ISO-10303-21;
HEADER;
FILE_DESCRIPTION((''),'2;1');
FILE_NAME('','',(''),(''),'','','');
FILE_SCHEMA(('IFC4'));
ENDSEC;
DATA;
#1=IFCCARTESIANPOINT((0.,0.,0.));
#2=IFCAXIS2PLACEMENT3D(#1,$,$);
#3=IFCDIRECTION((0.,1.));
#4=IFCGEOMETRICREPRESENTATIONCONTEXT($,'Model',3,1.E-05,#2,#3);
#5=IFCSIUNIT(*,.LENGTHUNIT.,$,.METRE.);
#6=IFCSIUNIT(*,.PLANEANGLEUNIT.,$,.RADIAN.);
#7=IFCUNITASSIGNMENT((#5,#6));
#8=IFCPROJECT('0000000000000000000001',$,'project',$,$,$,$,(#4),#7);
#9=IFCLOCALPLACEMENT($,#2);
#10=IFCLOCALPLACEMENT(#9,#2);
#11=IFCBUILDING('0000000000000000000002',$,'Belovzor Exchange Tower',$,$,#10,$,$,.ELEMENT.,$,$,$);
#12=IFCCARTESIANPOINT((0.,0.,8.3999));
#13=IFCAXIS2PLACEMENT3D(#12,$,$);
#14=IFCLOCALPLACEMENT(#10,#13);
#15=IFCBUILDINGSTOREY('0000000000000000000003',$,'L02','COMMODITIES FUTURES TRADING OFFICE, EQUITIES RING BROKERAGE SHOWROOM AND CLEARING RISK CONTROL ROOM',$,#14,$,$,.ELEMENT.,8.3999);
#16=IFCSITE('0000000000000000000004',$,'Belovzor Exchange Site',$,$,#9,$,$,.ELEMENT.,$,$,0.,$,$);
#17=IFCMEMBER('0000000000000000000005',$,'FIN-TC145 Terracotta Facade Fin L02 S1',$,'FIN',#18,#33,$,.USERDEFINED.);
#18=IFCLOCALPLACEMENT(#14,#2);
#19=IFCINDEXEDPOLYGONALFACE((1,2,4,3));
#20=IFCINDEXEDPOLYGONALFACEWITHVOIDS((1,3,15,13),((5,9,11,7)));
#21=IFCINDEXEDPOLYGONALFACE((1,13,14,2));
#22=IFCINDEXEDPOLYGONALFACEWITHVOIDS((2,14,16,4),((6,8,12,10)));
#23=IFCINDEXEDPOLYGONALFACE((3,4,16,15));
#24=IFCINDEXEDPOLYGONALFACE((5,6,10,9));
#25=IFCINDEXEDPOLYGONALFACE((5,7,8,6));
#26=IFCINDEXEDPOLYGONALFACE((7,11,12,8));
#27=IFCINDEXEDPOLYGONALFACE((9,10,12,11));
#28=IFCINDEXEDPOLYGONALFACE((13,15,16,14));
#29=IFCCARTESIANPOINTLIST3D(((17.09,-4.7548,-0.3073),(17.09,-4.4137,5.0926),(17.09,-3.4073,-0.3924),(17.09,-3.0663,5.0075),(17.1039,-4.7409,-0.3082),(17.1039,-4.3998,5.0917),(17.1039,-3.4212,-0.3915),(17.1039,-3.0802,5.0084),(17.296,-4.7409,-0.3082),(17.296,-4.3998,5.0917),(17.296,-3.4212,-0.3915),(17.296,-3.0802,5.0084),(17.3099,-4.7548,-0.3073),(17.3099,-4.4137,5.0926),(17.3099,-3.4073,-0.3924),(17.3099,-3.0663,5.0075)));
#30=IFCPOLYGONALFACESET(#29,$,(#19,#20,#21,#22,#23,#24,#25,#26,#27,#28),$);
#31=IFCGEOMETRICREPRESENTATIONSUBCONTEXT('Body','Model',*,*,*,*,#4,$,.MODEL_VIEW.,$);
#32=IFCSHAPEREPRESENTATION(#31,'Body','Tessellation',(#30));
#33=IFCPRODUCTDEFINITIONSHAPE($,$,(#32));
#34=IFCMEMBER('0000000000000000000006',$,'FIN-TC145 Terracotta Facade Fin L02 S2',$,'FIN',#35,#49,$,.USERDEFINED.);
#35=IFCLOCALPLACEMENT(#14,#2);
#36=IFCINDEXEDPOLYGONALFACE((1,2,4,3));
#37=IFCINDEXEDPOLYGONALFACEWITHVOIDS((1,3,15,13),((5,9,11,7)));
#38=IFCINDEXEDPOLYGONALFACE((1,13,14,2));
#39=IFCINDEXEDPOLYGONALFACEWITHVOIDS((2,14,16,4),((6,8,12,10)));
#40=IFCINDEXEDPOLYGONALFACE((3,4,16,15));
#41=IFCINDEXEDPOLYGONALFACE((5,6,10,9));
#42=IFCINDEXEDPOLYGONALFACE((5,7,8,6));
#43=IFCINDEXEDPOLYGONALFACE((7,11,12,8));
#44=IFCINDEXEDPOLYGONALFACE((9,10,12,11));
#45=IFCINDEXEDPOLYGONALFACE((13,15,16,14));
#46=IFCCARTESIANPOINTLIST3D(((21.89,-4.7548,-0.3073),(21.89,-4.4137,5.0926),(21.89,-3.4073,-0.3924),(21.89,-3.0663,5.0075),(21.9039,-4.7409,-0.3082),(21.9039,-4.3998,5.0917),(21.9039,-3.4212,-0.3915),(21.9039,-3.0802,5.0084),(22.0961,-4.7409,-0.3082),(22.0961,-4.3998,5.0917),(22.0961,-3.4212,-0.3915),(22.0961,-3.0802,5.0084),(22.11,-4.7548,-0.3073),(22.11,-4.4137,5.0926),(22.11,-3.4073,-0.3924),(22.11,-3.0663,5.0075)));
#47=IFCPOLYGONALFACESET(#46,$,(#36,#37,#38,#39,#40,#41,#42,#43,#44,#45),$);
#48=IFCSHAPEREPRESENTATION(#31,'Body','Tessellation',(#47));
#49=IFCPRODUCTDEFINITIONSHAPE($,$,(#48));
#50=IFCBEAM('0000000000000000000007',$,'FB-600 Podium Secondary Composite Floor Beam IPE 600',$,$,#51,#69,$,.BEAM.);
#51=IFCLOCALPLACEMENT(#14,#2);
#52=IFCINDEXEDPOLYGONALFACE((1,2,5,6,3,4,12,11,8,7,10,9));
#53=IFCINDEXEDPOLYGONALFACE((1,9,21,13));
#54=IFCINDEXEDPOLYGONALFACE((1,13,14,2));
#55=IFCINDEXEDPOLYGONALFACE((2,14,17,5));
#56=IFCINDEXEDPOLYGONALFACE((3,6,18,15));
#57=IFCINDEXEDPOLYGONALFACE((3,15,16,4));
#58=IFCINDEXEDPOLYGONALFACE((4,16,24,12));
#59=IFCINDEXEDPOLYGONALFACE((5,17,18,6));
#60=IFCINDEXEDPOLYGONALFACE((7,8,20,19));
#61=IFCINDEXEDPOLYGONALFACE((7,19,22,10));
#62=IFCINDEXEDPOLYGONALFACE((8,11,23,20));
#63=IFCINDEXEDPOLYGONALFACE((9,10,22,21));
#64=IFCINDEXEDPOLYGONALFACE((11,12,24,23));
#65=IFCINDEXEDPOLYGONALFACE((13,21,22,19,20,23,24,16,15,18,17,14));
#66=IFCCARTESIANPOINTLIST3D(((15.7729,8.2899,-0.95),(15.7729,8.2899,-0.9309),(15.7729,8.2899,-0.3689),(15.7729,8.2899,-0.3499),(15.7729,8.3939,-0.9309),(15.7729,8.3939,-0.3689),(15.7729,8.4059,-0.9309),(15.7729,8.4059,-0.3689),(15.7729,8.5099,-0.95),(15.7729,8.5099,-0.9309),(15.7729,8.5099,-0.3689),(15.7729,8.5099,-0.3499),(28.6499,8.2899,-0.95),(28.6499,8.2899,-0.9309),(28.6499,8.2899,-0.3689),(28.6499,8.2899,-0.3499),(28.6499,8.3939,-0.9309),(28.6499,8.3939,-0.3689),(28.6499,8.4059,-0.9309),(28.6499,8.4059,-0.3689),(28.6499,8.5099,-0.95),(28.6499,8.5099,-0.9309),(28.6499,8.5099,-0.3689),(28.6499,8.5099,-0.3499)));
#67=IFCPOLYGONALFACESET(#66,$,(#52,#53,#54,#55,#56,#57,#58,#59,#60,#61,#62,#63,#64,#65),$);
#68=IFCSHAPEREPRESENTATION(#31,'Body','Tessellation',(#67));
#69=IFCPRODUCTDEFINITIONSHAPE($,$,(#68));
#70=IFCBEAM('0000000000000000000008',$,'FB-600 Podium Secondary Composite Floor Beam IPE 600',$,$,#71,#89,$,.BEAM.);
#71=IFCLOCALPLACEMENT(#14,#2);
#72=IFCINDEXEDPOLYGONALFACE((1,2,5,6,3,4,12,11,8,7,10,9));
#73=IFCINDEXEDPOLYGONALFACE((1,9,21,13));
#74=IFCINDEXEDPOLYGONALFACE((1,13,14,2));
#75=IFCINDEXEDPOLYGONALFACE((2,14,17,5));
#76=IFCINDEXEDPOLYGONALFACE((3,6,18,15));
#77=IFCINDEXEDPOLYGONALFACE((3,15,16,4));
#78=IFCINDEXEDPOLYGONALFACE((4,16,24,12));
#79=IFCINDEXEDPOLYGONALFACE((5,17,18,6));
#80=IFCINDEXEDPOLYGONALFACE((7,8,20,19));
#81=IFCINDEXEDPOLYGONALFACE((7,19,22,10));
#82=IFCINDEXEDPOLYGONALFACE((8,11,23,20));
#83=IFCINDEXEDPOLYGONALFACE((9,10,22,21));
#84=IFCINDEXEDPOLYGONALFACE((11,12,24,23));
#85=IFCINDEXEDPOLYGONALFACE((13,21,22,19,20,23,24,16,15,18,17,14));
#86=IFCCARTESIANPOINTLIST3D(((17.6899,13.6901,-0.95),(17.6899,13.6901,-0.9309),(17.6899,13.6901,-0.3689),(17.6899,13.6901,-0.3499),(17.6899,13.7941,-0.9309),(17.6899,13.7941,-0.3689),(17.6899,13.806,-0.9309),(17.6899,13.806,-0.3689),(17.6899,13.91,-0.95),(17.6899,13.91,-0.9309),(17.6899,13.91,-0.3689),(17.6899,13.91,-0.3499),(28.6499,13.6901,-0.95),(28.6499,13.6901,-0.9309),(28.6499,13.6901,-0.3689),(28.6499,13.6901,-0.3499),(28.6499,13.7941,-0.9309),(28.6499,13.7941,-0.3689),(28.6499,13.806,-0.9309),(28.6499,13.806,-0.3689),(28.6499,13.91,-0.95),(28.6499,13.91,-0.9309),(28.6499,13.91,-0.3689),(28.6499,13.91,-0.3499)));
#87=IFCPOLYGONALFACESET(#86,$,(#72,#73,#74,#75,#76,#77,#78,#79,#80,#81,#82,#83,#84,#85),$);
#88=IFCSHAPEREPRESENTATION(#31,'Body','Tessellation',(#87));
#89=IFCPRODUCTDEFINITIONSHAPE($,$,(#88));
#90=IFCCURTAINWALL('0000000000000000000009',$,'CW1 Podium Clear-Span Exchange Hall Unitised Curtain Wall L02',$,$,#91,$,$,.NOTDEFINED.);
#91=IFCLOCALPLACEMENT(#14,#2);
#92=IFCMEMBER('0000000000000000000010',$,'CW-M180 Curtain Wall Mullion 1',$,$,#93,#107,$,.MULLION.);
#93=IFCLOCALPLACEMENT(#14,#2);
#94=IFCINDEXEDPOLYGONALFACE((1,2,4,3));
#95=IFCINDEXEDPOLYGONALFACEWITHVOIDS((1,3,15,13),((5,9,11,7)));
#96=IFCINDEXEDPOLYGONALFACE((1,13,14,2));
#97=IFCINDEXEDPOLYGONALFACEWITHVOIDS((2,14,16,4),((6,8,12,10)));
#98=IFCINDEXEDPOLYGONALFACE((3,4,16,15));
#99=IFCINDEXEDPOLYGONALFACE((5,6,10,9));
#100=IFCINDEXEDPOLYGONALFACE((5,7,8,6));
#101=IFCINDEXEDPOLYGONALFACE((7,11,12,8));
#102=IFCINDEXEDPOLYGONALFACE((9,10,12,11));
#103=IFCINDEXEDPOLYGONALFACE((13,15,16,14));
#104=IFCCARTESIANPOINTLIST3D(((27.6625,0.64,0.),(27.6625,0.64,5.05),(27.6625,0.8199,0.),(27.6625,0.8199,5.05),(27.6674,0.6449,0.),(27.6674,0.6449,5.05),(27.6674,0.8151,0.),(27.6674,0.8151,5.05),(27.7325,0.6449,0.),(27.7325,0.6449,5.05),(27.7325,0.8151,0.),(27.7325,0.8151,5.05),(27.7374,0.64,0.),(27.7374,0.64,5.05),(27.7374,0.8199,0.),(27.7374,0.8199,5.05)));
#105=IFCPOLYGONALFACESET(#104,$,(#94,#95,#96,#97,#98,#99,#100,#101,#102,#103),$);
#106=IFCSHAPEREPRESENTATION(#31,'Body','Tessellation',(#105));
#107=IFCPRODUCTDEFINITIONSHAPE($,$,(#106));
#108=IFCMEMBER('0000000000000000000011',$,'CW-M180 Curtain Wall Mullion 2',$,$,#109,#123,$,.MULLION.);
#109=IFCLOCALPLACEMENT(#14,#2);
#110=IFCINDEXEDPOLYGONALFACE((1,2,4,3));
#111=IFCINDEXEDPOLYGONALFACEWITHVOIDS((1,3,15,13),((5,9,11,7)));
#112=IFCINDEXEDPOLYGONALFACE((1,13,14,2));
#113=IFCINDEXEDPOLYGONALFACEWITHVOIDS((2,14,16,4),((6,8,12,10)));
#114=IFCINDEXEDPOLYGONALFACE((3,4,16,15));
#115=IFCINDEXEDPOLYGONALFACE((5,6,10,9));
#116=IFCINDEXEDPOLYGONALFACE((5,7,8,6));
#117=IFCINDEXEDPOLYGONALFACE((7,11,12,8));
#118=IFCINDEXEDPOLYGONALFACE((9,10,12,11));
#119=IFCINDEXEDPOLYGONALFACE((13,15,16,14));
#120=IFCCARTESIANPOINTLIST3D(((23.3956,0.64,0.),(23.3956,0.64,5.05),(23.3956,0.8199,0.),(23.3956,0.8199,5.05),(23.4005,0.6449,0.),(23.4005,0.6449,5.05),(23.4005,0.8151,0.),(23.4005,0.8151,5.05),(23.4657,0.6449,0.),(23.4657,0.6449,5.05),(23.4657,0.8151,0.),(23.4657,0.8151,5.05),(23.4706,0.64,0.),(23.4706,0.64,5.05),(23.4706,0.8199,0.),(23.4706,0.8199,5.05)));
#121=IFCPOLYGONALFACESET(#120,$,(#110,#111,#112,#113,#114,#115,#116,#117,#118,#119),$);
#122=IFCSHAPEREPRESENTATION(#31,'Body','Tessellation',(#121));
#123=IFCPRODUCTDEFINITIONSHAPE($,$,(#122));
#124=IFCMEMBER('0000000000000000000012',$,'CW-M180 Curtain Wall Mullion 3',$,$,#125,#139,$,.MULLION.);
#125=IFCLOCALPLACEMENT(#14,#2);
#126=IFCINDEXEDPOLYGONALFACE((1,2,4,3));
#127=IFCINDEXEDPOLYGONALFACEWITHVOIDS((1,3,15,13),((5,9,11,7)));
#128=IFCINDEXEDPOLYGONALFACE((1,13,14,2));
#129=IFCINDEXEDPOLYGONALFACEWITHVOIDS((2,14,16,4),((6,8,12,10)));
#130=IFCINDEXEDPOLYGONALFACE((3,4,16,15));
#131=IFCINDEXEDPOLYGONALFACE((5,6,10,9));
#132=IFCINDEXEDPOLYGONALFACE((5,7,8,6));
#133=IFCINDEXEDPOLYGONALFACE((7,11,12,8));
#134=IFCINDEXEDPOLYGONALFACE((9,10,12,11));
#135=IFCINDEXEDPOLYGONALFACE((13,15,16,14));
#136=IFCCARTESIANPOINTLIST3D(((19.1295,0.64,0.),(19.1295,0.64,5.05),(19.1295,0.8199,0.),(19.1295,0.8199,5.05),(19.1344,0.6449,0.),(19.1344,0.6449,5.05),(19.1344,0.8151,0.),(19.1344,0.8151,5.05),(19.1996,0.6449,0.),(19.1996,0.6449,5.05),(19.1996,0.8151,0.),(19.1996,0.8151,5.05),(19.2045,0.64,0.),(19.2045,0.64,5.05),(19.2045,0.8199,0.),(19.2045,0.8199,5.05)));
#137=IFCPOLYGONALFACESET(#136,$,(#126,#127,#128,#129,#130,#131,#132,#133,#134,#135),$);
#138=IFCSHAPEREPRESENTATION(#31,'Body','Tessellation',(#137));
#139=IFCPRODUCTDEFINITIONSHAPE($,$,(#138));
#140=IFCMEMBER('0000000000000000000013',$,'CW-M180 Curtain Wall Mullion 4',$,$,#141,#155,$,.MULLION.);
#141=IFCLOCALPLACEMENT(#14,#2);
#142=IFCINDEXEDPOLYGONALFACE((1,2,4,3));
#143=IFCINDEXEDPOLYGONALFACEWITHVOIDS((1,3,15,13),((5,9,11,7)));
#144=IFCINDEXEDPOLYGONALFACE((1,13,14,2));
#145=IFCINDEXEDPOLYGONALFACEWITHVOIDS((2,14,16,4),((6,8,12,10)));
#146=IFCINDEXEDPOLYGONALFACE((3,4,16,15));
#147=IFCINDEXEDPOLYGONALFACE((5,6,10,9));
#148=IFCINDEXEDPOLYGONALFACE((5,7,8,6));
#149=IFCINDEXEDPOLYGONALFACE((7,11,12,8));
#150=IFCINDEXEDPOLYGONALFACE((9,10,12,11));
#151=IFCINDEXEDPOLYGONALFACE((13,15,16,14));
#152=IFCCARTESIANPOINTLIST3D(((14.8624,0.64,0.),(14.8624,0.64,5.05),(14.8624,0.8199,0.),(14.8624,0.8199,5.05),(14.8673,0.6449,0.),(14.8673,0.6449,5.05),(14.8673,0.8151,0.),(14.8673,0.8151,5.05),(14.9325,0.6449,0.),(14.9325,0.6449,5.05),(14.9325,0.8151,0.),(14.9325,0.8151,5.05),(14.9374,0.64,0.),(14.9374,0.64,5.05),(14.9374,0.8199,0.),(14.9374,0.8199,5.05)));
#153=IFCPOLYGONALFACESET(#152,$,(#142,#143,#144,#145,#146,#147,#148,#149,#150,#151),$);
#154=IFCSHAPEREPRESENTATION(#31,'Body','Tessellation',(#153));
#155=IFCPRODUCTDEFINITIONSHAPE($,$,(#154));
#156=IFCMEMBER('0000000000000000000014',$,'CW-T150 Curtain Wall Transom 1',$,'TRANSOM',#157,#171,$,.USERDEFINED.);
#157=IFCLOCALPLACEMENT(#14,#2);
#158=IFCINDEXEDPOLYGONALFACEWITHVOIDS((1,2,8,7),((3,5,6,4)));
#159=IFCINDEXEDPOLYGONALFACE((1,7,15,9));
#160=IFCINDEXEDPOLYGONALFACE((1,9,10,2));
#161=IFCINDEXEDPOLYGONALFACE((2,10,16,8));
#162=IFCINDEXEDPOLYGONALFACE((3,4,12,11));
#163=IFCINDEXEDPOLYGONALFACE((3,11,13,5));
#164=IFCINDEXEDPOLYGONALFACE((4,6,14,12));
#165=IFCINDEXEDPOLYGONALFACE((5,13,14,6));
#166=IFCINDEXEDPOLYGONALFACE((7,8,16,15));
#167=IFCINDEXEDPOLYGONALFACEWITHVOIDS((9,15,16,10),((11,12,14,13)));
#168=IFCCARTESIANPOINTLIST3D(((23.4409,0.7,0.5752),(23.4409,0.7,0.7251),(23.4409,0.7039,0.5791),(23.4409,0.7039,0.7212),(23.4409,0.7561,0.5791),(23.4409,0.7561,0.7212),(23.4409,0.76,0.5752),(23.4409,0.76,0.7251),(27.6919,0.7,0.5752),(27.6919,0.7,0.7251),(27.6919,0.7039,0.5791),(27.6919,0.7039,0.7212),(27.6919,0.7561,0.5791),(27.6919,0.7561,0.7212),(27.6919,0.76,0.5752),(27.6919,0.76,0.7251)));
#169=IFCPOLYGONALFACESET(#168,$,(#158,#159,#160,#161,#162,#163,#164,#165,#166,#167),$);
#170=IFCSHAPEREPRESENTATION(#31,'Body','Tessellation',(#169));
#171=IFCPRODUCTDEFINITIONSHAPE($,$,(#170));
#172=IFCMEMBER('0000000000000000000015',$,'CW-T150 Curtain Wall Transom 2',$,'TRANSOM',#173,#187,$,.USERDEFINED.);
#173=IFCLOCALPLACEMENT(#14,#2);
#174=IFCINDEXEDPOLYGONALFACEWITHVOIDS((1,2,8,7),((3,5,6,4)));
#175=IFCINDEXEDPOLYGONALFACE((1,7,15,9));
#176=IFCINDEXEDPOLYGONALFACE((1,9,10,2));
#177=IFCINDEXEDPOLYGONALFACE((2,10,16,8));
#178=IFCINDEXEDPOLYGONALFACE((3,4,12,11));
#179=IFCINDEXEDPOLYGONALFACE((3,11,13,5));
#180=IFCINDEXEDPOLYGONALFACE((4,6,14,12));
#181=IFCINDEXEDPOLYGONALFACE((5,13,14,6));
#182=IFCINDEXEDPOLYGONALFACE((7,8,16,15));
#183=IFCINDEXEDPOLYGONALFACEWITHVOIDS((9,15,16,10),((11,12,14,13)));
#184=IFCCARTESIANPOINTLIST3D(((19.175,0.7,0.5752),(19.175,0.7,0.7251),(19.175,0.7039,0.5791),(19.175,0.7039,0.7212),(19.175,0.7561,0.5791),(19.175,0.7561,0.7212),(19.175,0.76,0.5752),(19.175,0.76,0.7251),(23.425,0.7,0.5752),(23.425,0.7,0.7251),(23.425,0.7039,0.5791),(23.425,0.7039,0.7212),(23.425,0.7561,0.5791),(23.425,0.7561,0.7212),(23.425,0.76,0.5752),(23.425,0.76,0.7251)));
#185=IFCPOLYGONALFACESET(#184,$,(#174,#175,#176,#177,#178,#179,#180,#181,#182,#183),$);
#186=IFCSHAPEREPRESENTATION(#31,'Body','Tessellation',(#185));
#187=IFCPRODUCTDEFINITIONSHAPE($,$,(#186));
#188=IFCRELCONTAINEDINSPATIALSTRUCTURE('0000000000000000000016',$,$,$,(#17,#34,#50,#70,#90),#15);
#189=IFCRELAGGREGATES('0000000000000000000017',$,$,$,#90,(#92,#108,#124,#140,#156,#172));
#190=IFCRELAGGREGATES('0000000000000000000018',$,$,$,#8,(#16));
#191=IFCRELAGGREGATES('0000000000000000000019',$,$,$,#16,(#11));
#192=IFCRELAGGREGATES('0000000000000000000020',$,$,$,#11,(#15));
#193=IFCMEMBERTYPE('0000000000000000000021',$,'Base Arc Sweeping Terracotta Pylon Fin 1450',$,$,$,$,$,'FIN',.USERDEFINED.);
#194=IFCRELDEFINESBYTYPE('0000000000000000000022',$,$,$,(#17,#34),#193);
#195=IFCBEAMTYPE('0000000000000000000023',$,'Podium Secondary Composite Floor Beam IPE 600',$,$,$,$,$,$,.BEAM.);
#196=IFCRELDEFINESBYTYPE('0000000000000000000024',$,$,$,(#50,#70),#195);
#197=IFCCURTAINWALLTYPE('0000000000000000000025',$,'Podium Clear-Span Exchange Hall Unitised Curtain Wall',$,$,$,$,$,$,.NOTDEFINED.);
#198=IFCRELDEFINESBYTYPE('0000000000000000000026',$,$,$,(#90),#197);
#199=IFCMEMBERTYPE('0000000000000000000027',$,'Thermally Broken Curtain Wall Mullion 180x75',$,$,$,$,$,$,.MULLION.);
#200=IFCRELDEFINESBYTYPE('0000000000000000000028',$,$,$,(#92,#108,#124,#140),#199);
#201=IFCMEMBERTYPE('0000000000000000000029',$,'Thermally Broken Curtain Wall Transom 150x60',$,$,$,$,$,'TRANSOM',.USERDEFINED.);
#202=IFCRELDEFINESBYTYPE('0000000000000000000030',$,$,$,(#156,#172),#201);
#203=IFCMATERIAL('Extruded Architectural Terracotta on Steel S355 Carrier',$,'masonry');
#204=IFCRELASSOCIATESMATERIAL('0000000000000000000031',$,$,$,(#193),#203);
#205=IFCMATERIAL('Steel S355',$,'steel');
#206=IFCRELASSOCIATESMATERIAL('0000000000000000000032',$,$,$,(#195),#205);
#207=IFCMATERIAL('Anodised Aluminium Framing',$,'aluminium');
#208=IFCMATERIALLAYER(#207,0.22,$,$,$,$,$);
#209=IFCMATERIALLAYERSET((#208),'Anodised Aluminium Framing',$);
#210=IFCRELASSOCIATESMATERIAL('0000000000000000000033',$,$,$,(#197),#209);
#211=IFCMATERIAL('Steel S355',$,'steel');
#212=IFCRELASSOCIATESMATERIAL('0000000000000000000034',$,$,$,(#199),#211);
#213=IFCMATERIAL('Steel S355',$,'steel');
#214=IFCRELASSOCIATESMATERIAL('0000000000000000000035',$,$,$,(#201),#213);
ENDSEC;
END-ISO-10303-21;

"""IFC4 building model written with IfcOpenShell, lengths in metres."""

from ifc_helpers import new_model, si_unit, direction, frame, origin, origin_2d, place, context, subcontext, project, spatial, hollow_rectangle, i_section, extrude, material, layer, layer_set, material_profile, profile_set, type_object, element, aggregate, save


model = new_model("IFC4")

# Units and contexts
model_context = context("Model", 3, precision=1e-05, world=origin(), true_north=direction((0.0, 1.0)))
body_context = subcontext(model_context, "Body", "Model", "MODEL_VIEW")
ifc_project = project(units=[si_unit("LENGTHUNIT", "METRE"), si_unit("PLANEANGLEUNIT", "RADIAN")], contexts=[model_context])

# Site, building, storey
site_placement = place(None, origin())
site = spatial("IfcSite", under=ifc_project, at=site_placement, Name="Belovzor Exchange Site", CompositionType="ELEMENT", RefElevation=0.0)
building_placement = place(site_placement, origin())
building = spatial("IfcBuilding", under=site, at=building_placement, Name="Belovzor Exchange Tower", CompositionType="ELEMENT")
storey_placement = place(building_placement, frame((0.0, 0.0, 8.3999)))
storey = spatial("IfcBuildingStorey", under=building, at=storey_placement, Name="L02", Description="COMMODITIES FUTURES TRADING OFFICE, EQUITIES RING BROKERAGE SHOWROOM AND CLEARING RISK CONTROL ROOM", CompositionType="ELEMENT", Elevation=8.3999)

# Members
ifc_material_1 = material(Name="Extruded Architectural Terracotta on Steel S355 Carrier", Category="masonry")
ifc_material_profile_1 = material_profile(ifc_material_1, hollow_rectangle(XDim=0.22, YDim=1.3501, WallThickness=0.0139, at=origin_2d()))
ifc_profile_set_1 = profile_set([ifc_material_profile_1], Name="Extruded Architectural Terracotta on Steel S355 Carrier")
member_type_1 = type_object("IfcMemberType", Name="Base Arc Sweeping Terracotta Pylon Fin 1450", ElementType="FIN", PredefinedType="USERDEFINED", material=ifc_profile_set_1)
for number, where, z_axis, x_axis, name in (
    (1, (17.2, -4.0811, -0.3499), (0.0, 0.063036, 0.998011), (-1.0, 0.0, 0.0), "FIN-TC145 Terracotta Facade Fin L02 S1"),
    (2, (22.0, -4.0811, -0.3499), (0.0, 0.063036, 0.998011), (-1.0, 0.0, 0.0), "FIN-TC145 Terracotta Facade Fin L02 S2"),
):
    element("IfcMember", number, at=place(storey_placement, frame(where, z_axis=z_axis, x_axis=x_axis)), inside=storey, type_object=member_type_1, Name=name, ObjectType="FIN", PredefinedType="USERDEFINED", context=body_context, shape_type="SweptSolid", body=[
        extrude(hollow_rectangle(XDim=0.22, YDim=1.3501, WallThickness=0.0139, at=origin_2d()), origin(), (0.0, 0.0, 1.0), 5.4106),
    ])

# Beams
ifc_material_2 = material(Name="Steel S355", Category="steel")
ifc_material_profile_2 = material_profile(ifc_material_2, i_section(OverallWidth=0.22, OverallDepth=0.6001, WebThickness=0.012, FlangeThickness=0.019, at=origin_2d()))
ifc_profile_set_2 = profile_set([ifc_material_profile_2], Name="Steel S355")
beam_type = type_object("IfcBeamType", Name="Podium Secondary Composite Floor Beam IPE 600", PredefinedType="BEAM", material=ifc_profile_set_2)
beam_1_placement = place(storey_placement, frame((15.7729, 8.3999, -0.6499), z_axis=(1.0, 0.0, 0.0), x_axis=(0.0, 1.0, 0.0)))
element("IfcBeam", 3, at=beam_1_placement, inside=storey, type_object=beam_type, Name="FB-600 Podium Secondary Composite Floor Beam IPE 600", PredefinedType="BEAM", context=body_context, shape_type="SweptSolid", body=[
    extrude(i_section(OverallWidth=0.22, OverallDepth=0.6001, WebThickness=0.012, FlangeThickness=0.019, at=origin_2d()), origin(), (0.0, 0.0, 1.0), 12.877),
])
beam_2_placement = place(storey_placement, frame((17.6899, 13.8, -0.6499), z_axis=(1.0, 0.0, 0.0), x_axis=(0.0, 1.0, 0.0)))
element("IfcBeam", 4, at=beam_2_placement, inside=storey, type_object=beam_type, Name="FB-600 Podium Secondary Composite Floor Beam IPE 600", PredefinedType="BEAM", context=body_context, shape_type="SweptSolid", body=[
    extrude(i_section(OverallWidth=0.22, OverallDepth=0.6001, WebThickness=0.012, FlangeThickness=0.019, at=origin_2d()), origin(), (0.0, 0.0, 1.0), 10.96),
])

# Curtain wall, members
ifc_material_3 = material(Name="Anodised Aluminium Framing", Category="aluminium")
ifc_layer_1 = layer(ifc_material_3, 0.22)
ifc_layer_set_1 = layer_set([ifc_layer_1], Name="Anodised Aluminium Framing")
curtain_wall_type = type_object("IfcCurtainWallType", Name="Podium Clear-Span Exchange Hall Unitised Curtain Wall", PredefinedType="NOTDEFINED", material=ifc_layer_set_1)
curtain_wall_placement = place(storey_placement, origin())
curtain_wall = element("IfcCurtainWall", 5, at=curtain_wall_placement, inside=storey, type_object=curtain_wall_type, Name="CW1 Podium Clear-Span Exchange Hall Unitised Curtain Wall L02", PredefinedType="NOTDEFINED")
ifc_material_4 = material(Name="Steel S355", Category="steel")
ifc_material_profile_3 = material_profile(ifc_material_4, hollow_rectangle(XDim=0.075, YDim=0.1799, WallThickness=0.0049, at=origin_2d()))
ifc_profile_set_3 = profile_set([ifc_material_profile_3], Name="Steel S355")
member_type_2 = type_object("IfcMemberType", Name="Thermally Broken Curtain Wall Mullion 180x75", PredefinedType="MULLION", material=ifc_profile_set_3)
member_1_placement = place(storey_placement, frame((27.7, 0.73, 0.0), z_axis=(0.0, 0.0, 1.0), x_axis=(-1.0, 0.0, 0.0)))
member_1 = element("IfcMember", 6, at=member_1_placement, type_object=member_type_2, Name="CW-M180 Curtain Wall Mullion 1", PredefinedType="MULLION", context=body_context, shape_type="SweptSolid", body=[
    extrude(hollow_rectangle(XDim=0.075, YDim=0.1799, WallThickness=0.0049, at=origin_2d()), origin(), (0.0, 0.0, 1.0), 5.05),
])
member_2_placement = place(storey_placement, frame((23.4331, 0.73, 0.0), z_axis=(0.0, 0.0, 1.0), x_axis=(-1.0, 0.0, 0.0)))
member_2 = element("IfcMember", 7, at=member_2_placement, type_object=member_type_2, Name="CW-M180 Curtain Wall Mullion 2", PredefinedType="MULLION", context=body_context, shape_type="SweptSolid", body=[
    extrude(hollow_rectangle(XDim=0.075, YDim=0.1799, WallThickness=0.0049, at=origin_2d()), origin(), (0.0, 0.0, 1.0), 5.05),
])
member_3_placement = place(storey_placement, frame((19.167, 0.73, 0.0), z_axis=(0.0, 0.0, 1.0), x_axis=(-1.0, 0.0, 0.0)))
member_3 = element("IfcMember", 8, at=member_3_placement, type_object=member_type_2, Name="CW-M180 Curtain Wall Mullion 3", PredefinedType="MULLION", context=body_context, shape_type="SweptSolid", body=[
    extrude(hollow_rectangle(XDim=0.075, YDim=0.1799, WallThickness=0.0049, at=origin_2d()), origin(), (0.0, 0.0, 1.0), 5.05),
])
member_4_placement = place(storey_placement, frame((14.8999, 0.73, 0.0), z_axis=(0.0, 0.0, 1.0), x_axis=(-1.0, 0.0, 0.0)))
member_4 = element("IfcMember", 9, at=member_4_placement, type_object=member_type_2, Name="CW-M180 Curtain Wall Mullion 4", PredefinedType="MULLION", context=body_context, shape_type="SweptSolid", body=[
    extrude(hollow_rectangle(XDim=0.075, YDim=0.1799, WallThickness=0.0049, at=origin_2d()), origin(), (0.0, 0.0, 1.0), 5.05),
])
ifc_material_5 = material(Name="Steel S355", Category="steel")
ifc_material_profile_4 = material_profile(ifc_material_5, hollow_rectangle(XDim=0.0601, YDim=0.1499, WallThickness=0.0039, at=origin_2d()))
ifc_profile_set_4 = profile_set([ifc_material_profile_4], Name="Steel S355")
member_type_3 = type_object("IfcMemberType", Name="Thermally Broken Curtain Wall Transom 150x60", ElementType="TRANSOM", PredefinedType="USERDEFINED", material=ifc_profile_set_4)
member_5_placement = place(storey_placement, frame((27.6919, 0.73, 0.6501), z_axis=(-1.0, 0.0, 0.0), x_axis=(0.0, -1.0, 0.0)))
member_5 = element("IfcMember", 10, at=member_5_placement, type_object=member_type_3, Name="CW-T150 Curtain Wall Transom 1", ObjectType="TRANSOM", PredefinedType="USERDEFINED", context=body_context, shape_type="SweptSolid", body=[
    extrude(hollow_rectangle(XDim=0.0601, YDim=0.1499, WallThickness=0.0039, at=origin_2d()), origin(), (0.0, 0.0, 1.0), 4.251),
])
member_6_placement = place(storey_placement, frame((23.425, 0.73, 0.6501), z_axis=(-1.0, 0.0, 0.0), x_axis=(0.0, -1.0, 0.0)))
member_6 = element("IfcMember", 11, at=member_6_placement, type_object=member_type_3, Name="CW-T150 Curtain Wall Transom 2", ObjectType="TRANSOM", PredefinedType="USERDEFINED", context=body_context, shape_type="SweptSolid", body=[
    extrude(hollow_rectangle(XDim=0.0601, YDim=0.1499, WallThickness=0.0039, at=origin_2d()), origin(), (0.0, 0.0, 1.0), 4.25),
])

aggregate(curtain_wall, [member_1, member_2, member_3, member_4, member_5, member_6])

save(model, "model.ifc")
